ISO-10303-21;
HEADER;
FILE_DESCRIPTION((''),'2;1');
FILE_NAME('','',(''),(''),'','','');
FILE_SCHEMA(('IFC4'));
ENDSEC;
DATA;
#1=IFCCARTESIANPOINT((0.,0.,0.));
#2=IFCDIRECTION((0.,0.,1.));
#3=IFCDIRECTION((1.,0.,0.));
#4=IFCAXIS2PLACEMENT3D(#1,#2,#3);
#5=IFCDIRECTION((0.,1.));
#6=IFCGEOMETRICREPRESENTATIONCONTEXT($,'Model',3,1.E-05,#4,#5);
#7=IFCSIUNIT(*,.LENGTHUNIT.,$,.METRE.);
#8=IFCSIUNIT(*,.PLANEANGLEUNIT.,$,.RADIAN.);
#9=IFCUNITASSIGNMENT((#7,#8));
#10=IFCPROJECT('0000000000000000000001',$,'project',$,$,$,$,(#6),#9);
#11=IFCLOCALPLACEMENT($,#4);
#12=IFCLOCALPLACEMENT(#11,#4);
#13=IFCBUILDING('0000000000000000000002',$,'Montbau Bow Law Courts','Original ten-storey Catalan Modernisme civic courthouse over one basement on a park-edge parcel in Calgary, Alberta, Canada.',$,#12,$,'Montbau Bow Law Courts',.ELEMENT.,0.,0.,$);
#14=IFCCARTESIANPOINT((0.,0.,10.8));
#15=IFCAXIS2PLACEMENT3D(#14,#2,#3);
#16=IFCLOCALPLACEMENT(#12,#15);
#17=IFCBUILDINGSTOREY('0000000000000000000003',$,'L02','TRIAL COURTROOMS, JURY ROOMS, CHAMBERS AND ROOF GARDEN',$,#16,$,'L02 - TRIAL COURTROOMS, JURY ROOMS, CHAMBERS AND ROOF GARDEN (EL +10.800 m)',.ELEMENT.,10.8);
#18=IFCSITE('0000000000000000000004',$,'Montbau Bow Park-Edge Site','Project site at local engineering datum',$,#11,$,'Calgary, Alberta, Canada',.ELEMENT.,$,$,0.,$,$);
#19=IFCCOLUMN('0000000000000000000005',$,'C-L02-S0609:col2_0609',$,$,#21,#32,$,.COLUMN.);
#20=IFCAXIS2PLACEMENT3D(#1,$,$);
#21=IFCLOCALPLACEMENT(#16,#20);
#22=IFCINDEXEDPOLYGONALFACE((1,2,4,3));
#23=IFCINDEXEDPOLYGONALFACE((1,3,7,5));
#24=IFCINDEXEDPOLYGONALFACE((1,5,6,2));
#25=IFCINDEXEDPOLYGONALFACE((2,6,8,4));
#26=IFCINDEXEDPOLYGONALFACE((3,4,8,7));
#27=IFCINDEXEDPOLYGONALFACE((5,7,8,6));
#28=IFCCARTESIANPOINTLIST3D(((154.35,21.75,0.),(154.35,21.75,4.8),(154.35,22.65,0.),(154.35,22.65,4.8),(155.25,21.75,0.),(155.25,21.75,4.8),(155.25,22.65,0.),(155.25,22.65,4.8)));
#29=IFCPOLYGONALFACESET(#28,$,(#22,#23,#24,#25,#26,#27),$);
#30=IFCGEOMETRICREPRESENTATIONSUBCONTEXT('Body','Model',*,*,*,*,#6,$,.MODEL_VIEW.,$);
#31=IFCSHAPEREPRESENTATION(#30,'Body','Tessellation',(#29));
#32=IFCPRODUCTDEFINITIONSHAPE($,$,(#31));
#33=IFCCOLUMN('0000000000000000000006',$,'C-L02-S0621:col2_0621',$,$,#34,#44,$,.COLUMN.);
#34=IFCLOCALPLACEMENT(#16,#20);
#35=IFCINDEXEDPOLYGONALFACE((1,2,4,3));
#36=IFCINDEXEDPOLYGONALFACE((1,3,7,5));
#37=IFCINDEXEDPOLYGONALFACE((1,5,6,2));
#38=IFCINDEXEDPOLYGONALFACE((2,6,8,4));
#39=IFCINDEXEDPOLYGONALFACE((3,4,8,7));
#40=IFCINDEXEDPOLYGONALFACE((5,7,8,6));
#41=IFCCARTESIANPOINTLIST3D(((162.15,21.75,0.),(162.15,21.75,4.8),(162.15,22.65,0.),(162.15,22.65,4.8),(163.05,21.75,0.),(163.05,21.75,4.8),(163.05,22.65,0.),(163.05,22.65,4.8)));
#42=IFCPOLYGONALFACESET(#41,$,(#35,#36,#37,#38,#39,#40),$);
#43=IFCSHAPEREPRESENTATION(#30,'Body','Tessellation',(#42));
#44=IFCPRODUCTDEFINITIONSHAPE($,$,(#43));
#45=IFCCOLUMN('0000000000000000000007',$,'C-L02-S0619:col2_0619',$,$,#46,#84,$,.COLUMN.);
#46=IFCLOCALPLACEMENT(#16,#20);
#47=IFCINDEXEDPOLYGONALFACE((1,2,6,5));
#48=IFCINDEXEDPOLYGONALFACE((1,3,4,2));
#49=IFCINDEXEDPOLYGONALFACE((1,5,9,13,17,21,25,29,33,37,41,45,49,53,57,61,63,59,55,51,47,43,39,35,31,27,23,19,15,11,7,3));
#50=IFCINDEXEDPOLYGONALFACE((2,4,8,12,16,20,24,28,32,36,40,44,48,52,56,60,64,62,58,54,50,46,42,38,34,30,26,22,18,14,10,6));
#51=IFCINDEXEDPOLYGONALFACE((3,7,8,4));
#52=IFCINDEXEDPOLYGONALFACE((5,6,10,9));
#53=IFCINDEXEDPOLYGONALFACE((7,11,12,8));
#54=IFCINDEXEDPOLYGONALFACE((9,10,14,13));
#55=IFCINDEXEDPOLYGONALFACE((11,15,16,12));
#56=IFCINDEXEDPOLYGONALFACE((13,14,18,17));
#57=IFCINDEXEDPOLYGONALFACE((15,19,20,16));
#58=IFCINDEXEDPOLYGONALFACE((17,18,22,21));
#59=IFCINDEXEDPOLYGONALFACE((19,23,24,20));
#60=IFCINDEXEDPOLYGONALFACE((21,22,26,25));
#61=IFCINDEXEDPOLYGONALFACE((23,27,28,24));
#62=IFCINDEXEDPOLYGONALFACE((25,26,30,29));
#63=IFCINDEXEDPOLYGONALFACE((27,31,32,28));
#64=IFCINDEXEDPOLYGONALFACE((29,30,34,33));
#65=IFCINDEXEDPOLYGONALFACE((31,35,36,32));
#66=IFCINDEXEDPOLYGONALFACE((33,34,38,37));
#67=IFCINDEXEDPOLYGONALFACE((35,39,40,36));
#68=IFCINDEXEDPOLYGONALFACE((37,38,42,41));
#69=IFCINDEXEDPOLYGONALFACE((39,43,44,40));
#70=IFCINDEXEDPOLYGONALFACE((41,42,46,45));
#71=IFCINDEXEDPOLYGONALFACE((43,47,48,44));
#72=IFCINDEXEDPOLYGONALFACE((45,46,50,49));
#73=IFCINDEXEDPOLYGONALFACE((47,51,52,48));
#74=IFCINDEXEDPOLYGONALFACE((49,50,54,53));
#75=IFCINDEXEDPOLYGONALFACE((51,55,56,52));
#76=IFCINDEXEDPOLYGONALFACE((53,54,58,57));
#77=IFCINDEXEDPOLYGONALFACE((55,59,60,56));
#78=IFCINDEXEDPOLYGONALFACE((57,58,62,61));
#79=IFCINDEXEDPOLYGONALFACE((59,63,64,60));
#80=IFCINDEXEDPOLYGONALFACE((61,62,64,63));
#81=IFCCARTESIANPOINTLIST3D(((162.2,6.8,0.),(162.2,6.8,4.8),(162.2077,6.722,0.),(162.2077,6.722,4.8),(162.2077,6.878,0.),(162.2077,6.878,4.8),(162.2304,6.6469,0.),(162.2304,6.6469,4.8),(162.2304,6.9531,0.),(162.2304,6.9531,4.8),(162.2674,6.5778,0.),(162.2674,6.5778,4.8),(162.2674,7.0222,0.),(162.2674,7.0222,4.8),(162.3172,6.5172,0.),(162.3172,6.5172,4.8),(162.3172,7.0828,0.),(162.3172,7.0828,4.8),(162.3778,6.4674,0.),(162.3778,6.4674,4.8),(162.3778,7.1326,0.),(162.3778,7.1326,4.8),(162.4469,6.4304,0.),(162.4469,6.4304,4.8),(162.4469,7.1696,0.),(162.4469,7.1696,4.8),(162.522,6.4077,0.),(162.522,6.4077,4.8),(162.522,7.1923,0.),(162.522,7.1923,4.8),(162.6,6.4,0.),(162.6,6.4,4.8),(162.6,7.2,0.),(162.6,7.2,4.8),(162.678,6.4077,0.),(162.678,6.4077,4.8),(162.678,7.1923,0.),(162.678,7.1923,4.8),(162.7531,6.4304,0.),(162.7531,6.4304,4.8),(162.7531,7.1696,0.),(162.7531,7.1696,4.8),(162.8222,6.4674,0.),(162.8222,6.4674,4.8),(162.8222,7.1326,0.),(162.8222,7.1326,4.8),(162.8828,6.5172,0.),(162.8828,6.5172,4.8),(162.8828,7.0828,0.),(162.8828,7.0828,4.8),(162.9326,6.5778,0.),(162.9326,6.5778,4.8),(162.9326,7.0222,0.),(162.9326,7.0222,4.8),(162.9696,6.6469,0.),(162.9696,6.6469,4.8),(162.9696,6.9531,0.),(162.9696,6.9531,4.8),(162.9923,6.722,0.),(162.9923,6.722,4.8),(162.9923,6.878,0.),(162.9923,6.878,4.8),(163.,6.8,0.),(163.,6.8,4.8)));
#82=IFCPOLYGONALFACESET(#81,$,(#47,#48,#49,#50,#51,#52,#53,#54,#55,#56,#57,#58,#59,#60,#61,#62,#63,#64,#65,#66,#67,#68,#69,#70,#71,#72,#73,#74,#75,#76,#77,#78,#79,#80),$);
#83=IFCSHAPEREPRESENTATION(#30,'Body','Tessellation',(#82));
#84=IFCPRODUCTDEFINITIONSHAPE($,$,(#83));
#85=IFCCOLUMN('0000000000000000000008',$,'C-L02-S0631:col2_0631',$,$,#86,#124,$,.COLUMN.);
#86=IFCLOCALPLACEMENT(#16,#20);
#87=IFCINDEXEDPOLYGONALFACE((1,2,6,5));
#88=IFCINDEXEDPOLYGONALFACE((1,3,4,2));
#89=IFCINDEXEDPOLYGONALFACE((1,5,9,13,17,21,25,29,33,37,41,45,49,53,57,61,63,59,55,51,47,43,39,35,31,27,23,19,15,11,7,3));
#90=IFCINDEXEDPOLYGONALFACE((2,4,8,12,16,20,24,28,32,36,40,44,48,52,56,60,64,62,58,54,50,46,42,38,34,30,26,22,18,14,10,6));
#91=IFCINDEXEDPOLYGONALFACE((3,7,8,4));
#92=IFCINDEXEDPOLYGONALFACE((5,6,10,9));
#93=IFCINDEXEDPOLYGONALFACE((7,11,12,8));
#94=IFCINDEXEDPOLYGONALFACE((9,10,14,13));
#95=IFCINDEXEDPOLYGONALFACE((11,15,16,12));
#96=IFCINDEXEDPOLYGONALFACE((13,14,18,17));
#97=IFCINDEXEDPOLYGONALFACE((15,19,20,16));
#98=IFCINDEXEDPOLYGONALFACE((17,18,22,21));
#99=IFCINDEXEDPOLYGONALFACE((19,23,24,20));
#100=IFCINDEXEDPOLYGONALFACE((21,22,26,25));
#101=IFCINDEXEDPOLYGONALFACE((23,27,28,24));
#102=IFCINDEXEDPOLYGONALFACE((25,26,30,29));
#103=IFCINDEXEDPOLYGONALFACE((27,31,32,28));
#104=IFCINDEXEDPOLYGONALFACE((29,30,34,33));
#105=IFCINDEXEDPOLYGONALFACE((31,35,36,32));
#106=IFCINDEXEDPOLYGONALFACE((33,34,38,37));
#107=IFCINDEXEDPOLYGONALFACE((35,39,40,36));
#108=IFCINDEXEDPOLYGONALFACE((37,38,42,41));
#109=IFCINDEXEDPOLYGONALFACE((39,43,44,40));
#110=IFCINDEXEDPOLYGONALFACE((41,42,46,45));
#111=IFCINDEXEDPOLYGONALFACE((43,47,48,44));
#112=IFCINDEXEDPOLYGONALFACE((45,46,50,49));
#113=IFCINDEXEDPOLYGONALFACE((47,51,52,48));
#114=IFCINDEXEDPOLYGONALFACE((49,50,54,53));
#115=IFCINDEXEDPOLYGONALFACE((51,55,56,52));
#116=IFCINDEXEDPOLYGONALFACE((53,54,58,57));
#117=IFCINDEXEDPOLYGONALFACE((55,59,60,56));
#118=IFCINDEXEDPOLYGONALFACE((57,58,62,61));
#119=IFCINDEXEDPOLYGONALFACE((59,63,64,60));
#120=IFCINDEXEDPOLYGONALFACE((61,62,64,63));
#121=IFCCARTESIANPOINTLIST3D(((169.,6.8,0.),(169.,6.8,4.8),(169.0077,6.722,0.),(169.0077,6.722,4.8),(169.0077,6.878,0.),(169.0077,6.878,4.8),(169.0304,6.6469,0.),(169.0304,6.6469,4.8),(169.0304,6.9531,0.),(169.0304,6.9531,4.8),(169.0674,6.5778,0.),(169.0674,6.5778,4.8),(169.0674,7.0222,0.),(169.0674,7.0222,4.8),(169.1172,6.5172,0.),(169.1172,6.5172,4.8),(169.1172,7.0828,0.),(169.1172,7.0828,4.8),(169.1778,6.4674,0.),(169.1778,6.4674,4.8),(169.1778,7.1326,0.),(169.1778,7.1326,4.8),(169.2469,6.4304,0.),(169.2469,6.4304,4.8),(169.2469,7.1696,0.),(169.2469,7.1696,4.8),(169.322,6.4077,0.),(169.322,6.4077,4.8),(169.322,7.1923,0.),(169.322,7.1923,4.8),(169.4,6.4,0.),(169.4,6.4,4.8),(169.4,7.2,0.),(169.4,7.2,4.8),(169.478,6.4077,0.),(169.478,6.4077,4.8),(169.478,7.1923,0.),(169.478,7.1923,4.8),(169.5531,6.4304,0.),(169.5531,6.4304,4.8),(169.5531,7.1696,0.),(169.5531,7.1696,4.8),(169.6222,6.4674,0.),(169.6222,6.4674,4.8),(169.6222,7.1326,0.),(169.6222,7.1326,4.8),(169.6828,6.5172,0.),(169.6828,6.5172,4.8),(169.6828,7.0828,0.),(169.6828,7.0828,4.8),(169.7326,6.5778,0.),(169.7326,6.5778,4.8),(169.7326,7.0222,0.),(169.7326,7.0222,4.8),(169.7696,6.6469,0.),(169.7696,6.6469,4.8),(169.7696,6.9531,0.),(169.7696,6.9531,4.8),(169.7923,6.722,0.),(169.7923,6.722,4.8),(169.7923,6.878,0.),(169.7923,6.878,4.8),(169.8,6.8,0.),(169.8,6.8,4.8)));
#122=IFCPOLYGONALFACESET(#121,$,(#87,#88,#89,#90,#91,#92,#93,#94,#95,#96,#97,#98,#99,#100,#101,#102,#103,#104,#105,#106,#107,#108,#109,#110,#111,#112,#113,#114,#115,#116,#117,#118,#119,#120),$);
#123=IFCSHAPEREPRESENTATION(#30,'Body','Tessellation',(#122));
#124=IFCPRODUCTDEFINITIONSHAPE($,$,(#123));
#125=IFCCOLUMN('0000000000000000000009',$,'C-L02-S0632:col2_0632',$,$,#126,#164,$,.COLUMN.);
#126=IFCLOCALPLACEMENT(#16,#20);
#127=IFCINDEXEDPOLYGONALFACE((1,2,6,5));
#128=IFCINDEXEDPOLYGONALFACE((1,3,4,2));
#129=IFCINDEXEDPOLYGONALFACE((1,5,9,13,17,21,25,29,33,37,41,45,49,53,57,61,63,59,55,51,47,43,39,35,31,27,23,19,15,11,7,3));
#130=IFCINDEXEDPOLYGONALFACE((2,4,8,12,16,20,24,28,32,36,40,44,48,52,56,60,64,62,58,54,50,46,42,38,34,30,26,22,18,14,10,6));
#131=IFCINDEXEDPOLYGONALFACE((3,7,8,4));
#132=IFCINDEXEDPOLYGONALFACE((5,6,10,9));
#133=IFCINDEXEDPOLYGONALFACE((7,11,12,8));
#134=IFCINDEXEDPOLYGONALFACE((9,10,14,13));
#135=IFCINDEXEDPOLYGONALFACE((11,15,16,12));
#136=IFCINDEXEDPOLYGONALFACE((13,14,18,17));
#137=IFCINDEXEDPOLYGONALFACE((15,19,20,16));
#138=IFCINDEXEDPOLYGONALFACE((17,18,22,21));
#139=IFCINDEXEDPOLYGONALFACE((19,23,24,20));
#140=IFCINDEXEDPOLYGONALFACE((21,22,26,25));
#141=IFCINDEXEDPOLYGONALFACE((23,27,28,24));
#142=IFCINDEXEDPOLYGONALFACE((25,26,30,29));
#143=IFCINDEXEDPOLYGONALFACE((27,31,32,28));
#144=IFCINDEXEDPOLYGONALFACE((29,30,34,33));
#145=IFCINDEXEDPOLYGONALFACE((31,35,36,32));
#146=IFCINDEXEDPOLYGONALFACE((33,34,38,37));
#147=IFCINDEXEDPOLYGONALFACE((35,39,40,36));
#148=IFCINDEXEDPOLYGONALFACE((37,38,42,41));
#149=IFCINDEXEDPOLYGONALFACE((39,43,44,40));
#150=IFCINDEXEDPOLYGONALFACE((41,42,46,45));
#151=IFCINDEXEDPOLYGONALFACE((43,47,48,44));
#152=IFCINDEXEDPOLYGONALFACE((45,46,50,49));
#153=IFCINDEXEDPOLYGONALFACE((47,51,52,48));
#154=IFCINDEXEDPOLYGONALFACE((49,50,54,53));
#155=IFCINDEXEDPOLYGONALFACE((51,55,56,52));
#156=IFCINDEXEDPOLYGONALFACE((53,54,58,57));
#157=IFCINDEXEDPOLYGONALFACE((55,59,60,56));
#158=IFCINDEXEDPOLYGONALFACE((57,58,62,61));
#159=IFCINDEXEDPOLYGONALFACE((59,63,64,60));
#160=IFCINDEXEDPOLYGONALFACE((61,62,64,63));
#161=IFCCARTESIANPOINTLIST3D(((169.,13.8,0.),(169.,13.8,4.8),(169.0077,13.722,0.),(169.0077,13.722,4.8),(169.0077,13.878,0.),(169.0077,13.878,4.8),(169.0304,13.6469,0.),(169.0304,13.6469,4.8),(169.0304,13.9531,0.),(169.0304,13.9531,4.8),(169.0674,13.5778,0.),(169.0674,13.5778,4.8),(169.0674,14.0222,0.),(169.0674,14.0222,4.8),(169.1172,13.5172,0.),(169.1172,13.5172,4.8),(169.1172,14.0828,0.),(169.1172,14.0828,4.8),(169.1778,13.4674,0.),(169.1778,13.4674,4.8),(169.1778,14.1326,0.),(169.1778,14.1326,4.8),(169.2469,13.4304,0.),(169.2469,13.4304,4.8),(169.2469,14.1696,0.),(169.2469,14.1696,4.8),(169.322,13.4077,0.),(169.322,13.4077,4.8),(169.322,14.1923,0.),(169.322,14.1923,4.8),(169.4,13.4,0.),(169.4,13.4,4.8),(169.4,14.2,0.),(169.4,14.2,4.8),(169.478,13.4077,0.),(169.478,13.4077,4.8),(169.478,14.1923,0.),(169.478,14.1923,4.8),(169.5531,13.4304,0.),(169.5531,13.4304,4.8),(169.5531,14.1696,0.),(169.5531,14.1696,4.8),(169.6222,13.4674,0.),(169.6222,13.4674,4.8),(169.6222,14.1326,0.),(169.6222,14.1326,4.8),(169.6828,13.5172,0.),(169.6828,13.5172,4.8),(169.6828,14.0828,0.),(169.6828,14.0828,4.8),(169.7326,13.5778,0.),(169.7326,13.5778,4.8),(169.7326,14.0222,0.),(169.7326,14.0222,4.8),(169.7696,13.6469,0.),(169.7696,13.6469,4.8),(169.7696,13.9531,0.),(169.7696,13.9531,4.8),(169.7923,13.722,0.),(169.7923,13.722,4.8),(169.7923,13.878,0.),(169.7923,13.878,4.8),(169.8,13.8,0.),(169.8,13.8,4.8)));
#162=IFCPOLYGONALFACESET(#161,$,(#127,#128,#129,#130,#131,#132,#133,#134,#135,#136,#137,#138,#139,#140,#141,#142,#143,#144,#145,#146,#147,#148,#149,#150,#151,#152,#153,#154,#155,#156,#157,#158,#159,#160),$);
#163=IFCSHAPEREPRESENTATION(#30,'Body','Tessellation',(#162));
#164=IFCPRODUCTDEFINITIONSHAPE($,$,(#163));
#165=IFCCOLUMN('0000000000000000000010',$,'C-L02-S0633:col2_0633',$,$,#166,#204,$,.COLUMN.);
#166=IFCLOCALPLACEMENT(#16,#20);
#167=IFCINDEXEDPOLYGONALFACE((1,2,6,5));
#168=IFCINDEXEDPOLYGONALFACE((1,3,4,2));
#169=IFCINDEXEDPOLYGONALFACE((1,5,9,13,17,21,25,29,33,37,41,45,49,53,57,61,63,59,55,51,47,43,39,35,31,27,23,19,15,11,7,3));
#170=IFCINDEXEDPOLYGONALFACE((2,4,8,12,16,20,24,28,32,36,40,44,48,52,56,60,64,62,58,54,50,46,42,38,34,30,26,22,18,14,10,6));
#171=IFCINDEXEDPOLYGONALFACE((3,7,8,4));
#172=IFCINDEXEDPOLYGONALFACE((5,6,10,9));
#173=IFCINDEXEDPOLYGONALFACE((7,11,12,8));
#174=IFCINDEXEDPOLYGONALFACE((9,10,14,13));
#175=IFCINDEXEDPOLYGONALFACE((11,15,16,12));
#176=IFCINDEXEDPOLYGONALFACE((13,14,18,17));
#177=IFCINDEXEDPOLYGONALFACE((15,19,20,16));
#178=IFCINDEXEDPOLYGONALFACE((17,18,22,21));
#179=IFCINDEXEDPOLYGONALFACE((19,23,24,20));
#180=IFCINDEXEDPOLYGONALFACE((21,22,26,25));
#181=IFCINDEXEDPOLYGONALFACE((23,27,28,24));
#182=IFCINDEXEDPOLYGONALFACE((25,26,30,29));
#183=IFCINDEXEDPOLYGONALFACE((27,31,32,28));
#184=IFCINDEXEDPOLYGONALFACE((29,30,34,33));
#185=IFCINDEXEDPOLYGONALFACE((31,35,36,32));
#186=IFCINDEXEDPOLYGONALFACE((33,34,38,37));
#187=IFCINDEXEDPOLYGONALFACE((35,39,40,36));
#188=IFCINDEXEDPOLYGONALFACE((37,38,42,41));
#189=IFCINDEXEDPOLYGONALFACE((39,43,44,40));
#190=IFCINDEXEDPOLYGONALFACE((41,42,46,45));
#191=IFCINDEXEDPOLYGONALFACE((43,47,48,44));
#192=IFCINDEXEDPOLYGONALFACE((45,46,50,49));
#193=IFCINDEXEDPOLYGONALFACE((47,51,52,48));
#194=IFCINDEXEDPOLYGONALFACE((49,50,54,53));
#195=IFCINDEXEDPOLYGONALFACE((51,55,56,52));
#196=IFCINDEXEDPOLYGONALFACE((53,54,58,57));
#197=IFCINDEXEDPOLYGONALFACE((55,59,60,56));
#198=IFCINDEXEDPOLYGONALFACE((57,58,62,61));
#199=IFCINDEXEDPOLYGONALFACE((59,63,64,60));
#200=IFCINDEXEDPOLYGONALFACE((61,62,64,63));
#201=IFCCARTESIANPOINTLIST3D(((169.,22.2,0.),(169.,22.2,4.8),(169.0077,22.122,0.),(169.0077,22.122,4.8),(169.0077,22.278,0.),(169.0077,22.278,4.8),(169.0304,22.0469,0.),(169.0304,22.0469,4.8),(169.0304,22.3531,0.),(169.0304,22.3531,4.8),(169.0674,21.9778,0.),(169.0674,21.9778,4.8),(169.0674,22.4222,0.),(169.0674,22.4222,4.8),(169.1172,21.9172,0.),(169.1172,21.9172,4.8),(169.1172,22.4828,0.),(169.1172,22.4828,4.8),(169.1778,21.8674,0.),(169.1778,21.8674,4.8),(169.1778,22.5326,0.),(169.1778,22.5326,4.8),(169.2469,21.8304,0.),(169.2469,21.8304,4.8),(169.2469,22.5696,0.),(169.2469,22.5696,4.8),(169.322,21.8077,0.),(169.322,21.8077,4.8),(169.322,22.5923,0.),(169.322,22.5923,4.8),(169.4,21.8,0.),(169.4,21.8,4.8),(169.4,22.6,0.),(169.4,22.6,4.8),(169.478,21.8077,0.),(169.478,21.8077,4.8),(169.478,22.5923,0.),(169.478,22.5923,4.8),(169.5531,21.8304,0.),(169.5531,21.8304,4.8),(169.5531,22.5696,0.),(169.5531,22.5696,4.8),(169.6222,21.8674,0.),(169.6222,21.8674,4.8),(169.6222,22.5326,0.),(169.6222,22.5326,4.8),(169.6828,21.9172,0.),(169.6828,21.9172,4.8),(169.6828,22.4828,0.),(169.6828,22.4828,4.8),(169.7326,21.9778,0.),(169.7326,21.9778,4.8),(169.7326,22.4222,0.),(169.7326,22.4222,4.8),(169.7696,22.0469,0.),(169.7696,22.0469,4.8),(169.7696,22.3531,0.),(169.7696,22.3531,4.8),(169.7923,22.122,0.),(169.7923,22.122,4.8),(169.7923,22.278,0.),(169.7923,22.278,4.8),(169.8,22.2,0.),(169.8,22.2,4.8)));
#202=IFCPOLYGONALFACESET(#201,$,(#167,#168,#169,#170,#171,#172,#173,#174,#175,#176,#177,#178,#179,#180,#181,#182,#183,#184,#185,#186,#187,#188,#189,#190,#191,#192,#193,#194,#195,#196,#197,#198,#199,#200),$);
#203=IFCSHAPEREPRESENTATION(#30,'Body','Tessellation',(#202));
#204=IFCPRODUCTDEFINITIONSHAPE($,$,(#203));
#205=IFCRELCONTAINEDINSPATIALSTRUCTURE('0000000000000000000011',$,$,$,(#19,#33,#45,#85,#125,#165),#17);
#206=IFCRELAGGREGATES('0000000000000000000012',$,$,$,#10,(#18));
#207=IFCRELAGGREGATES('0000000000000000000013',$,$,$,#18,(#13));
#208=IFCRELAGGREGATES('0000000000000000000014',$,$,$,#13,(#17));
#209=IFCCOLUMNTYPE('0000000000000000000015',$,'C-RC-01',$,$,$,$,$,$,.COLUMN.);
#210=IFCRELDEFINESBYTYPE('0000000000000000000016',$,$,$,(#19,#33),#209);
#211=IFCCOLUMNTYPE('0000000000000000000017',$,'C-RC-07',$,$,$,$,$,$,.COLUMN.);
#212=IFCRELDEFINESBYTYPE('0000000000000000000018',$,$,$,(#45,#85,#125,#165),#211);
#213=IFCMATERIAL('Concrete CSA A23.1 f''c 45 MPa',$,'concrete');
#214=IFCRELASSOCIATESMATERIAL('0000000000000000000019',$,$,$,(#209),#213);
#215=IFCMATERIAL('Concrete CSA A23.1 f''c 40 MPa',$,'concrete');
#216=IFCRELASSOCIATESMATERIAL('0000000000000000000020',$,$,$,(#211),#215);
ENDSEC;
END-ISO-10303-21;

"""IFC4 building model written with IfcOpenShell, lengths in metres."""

from ifc_helpers import new_model, si_unit, direction, frame, origin_with_axes, origin_2d_with_axis, place, context, subcontext, project, spatial, rectangle, circle, extrude, material, material_profile, profile_set, type_object, element, save


model = new_model("IFC4")

# Units and contexts
model_context = context("Model", 3, precision=1e-05, world=origin_with_axes(), true_north=direction((0.0, 1.0)))
body_context = subcontext(model_context, "Body", "Model", "MODEL_VIEW")
ifc_project = project(units=[si_unit("LENGTHUNIT", "METRE"), si_unit("PLANEANGLEUNIT", "RADIAN")], contexts=[model_context])

# Site, building, storey
site_placement = place(None, origin_with_axes())
site = spatial("IfcSite", under=ifc_project, at=site_placement, Name="Montbau Bow Park-Edge Site", Description="Project site at local engineering datum", LongName="Calgary, Alberta, Canada", CompositionType="ELEMENT", RefElevation=0.0)
building_placement = place(site_placement, origin_with_axes())
building = spatial("IfcBuilding", under=site, at=building_placement, Name="Montbau Bow Law Courts", Description="Original ten-storey Catalan Modernisme civic courthouse over one basement on a park-edge parcel in Calgary, Alberta, Canada.", LongName="Montbau Bow Law Courts", CompositionType="ELEMENT", ElevationOfRefHeight=0.0, ElevationOfTerrain=0.0)
storey_placement = place(building_placement, frame((0.0, 0.0, 10.8), z_axis=(0.0, 0.0, 1.0), x_axis=(1.0, 0.0, 0.0)))
storey = spatial("IfcBuildingStorey", under=building, at=storey_placement, Name="L02", Description="TRIAL COURTROOMS, JURY ROOMS, CHAMBERS AND ROOF GARDEN", LongName="L02 - TRIAL COURTROOMS, JURY ROOMS, CHAMBERS AND ROOF GARDEN (EL +10.800 m)", CompositionType="ELEMENT", Elevation=10.8)

# Columns
ifc_material_1 = material(Name="Concrete CSA A23.1 f'c 45 MPa", Category="concrete")
ifc_material_profile_1 = material_profile(ifc_material_1, rectangle(XDim=0.9, YDim=0.9, at=origin_2d_with_axis()), Name="RC900X900", Category="Main", Priority=0)
ifc_profile_set_1 = profile_set([ifc_material_profile_1], Name="Concrete CSA A23.1 f'c 45 MPa")
column_type_1 = type_object("IfcColumnType", Name="C-RC-01", PredefinedType="COLUMN", material=ifc_profile_set_1)
for number, where, z_axis, x_axis, name in (
    (1, (154.8, 22.2, 10.8), (0.0, 0.0, 1.0), (1.0, 0.0, 0.0), "C-L02-S0609:col2_0609"),
    (2, (162.6, 22.2, 10.8), (0.0, 0.0, 1.0), (1.0, 0.0, 0.0), "C-L02-S0621:col2_0621"),
):
    element("IfcColumn", number, at=place(None, frame(where, z_axis=z_axis, x_axis=x_axis)), inside=storey, type_object=column_type_1, Name=name, PredefinedType="COLUMN", context=body_context, shape_type="SweptSolid", body=[
        extrude(rectangle(XDim=0.9, YDim=0.9, at=origin_2d_with_axis()), origin_with_axes(), (0.0, 0.0, 1.0), 4.8),
    ])
ifc_material_2 = material(Name="Concrete CSA A23.1 f'c 40 MPa", Category="concrete")
ifc_material_profile_2 = material_profile(ifc_material_2, circle(Radius=0.4, at=origin_2d_with_axis()), Name="RC800D", Category="Main", Priority=0)
ifc_profile_set_2 = profile_set([ifc_material_profile_2], Name="Concrete CSA A23.1 f'c 40 MPa")
column_type_2 = type_object("IfcColumnType", Name="C-RC-07", PredefinedType="COLUMN", material=ifc_profile_set_2)
for number, where, z_axis, x_axis, name in (
    (3, (162.6, 6.8, 10.8), (0.0, 0.0, 1.0), (1.0, 0.0, 0.0), "C-L02-S0619:col2_0619"),
    (4, (169.4, 6.8, 10.8), (0.0, 0.0, 1.0), (1.0, 0.0, 0.0), "C-L02-S0631:col2_0631"),
    (5, (169.4, 13.8, 10.8), (0.0, 0.0, 1.0), (1.0, 0.0, 0.0), "C-L02-S0632:col2_0632"),
    (6, (169.4, 22.2, 10.8), (0.0, 0.0, 1.0), (1.0, 0.0, 0.0), "C-L02-S0633:col2_0633"),
):
    element("IfcColumn", number, at=place(None, frame(where, z_axis=z_axis, x_axis=x_axis)), inside=storey, type_object=column_type_2, Name=name, PredefinedType="COLUMN", context=body_context, shape_type="SweptSolid", body=[
        extrude(circle(Radius=0.4, at=origin_2d_with_axis()), origin_with_axes(), (0.0, 0.0, 1.0), 4.8),
    ])

save(model, "model.ifc")
